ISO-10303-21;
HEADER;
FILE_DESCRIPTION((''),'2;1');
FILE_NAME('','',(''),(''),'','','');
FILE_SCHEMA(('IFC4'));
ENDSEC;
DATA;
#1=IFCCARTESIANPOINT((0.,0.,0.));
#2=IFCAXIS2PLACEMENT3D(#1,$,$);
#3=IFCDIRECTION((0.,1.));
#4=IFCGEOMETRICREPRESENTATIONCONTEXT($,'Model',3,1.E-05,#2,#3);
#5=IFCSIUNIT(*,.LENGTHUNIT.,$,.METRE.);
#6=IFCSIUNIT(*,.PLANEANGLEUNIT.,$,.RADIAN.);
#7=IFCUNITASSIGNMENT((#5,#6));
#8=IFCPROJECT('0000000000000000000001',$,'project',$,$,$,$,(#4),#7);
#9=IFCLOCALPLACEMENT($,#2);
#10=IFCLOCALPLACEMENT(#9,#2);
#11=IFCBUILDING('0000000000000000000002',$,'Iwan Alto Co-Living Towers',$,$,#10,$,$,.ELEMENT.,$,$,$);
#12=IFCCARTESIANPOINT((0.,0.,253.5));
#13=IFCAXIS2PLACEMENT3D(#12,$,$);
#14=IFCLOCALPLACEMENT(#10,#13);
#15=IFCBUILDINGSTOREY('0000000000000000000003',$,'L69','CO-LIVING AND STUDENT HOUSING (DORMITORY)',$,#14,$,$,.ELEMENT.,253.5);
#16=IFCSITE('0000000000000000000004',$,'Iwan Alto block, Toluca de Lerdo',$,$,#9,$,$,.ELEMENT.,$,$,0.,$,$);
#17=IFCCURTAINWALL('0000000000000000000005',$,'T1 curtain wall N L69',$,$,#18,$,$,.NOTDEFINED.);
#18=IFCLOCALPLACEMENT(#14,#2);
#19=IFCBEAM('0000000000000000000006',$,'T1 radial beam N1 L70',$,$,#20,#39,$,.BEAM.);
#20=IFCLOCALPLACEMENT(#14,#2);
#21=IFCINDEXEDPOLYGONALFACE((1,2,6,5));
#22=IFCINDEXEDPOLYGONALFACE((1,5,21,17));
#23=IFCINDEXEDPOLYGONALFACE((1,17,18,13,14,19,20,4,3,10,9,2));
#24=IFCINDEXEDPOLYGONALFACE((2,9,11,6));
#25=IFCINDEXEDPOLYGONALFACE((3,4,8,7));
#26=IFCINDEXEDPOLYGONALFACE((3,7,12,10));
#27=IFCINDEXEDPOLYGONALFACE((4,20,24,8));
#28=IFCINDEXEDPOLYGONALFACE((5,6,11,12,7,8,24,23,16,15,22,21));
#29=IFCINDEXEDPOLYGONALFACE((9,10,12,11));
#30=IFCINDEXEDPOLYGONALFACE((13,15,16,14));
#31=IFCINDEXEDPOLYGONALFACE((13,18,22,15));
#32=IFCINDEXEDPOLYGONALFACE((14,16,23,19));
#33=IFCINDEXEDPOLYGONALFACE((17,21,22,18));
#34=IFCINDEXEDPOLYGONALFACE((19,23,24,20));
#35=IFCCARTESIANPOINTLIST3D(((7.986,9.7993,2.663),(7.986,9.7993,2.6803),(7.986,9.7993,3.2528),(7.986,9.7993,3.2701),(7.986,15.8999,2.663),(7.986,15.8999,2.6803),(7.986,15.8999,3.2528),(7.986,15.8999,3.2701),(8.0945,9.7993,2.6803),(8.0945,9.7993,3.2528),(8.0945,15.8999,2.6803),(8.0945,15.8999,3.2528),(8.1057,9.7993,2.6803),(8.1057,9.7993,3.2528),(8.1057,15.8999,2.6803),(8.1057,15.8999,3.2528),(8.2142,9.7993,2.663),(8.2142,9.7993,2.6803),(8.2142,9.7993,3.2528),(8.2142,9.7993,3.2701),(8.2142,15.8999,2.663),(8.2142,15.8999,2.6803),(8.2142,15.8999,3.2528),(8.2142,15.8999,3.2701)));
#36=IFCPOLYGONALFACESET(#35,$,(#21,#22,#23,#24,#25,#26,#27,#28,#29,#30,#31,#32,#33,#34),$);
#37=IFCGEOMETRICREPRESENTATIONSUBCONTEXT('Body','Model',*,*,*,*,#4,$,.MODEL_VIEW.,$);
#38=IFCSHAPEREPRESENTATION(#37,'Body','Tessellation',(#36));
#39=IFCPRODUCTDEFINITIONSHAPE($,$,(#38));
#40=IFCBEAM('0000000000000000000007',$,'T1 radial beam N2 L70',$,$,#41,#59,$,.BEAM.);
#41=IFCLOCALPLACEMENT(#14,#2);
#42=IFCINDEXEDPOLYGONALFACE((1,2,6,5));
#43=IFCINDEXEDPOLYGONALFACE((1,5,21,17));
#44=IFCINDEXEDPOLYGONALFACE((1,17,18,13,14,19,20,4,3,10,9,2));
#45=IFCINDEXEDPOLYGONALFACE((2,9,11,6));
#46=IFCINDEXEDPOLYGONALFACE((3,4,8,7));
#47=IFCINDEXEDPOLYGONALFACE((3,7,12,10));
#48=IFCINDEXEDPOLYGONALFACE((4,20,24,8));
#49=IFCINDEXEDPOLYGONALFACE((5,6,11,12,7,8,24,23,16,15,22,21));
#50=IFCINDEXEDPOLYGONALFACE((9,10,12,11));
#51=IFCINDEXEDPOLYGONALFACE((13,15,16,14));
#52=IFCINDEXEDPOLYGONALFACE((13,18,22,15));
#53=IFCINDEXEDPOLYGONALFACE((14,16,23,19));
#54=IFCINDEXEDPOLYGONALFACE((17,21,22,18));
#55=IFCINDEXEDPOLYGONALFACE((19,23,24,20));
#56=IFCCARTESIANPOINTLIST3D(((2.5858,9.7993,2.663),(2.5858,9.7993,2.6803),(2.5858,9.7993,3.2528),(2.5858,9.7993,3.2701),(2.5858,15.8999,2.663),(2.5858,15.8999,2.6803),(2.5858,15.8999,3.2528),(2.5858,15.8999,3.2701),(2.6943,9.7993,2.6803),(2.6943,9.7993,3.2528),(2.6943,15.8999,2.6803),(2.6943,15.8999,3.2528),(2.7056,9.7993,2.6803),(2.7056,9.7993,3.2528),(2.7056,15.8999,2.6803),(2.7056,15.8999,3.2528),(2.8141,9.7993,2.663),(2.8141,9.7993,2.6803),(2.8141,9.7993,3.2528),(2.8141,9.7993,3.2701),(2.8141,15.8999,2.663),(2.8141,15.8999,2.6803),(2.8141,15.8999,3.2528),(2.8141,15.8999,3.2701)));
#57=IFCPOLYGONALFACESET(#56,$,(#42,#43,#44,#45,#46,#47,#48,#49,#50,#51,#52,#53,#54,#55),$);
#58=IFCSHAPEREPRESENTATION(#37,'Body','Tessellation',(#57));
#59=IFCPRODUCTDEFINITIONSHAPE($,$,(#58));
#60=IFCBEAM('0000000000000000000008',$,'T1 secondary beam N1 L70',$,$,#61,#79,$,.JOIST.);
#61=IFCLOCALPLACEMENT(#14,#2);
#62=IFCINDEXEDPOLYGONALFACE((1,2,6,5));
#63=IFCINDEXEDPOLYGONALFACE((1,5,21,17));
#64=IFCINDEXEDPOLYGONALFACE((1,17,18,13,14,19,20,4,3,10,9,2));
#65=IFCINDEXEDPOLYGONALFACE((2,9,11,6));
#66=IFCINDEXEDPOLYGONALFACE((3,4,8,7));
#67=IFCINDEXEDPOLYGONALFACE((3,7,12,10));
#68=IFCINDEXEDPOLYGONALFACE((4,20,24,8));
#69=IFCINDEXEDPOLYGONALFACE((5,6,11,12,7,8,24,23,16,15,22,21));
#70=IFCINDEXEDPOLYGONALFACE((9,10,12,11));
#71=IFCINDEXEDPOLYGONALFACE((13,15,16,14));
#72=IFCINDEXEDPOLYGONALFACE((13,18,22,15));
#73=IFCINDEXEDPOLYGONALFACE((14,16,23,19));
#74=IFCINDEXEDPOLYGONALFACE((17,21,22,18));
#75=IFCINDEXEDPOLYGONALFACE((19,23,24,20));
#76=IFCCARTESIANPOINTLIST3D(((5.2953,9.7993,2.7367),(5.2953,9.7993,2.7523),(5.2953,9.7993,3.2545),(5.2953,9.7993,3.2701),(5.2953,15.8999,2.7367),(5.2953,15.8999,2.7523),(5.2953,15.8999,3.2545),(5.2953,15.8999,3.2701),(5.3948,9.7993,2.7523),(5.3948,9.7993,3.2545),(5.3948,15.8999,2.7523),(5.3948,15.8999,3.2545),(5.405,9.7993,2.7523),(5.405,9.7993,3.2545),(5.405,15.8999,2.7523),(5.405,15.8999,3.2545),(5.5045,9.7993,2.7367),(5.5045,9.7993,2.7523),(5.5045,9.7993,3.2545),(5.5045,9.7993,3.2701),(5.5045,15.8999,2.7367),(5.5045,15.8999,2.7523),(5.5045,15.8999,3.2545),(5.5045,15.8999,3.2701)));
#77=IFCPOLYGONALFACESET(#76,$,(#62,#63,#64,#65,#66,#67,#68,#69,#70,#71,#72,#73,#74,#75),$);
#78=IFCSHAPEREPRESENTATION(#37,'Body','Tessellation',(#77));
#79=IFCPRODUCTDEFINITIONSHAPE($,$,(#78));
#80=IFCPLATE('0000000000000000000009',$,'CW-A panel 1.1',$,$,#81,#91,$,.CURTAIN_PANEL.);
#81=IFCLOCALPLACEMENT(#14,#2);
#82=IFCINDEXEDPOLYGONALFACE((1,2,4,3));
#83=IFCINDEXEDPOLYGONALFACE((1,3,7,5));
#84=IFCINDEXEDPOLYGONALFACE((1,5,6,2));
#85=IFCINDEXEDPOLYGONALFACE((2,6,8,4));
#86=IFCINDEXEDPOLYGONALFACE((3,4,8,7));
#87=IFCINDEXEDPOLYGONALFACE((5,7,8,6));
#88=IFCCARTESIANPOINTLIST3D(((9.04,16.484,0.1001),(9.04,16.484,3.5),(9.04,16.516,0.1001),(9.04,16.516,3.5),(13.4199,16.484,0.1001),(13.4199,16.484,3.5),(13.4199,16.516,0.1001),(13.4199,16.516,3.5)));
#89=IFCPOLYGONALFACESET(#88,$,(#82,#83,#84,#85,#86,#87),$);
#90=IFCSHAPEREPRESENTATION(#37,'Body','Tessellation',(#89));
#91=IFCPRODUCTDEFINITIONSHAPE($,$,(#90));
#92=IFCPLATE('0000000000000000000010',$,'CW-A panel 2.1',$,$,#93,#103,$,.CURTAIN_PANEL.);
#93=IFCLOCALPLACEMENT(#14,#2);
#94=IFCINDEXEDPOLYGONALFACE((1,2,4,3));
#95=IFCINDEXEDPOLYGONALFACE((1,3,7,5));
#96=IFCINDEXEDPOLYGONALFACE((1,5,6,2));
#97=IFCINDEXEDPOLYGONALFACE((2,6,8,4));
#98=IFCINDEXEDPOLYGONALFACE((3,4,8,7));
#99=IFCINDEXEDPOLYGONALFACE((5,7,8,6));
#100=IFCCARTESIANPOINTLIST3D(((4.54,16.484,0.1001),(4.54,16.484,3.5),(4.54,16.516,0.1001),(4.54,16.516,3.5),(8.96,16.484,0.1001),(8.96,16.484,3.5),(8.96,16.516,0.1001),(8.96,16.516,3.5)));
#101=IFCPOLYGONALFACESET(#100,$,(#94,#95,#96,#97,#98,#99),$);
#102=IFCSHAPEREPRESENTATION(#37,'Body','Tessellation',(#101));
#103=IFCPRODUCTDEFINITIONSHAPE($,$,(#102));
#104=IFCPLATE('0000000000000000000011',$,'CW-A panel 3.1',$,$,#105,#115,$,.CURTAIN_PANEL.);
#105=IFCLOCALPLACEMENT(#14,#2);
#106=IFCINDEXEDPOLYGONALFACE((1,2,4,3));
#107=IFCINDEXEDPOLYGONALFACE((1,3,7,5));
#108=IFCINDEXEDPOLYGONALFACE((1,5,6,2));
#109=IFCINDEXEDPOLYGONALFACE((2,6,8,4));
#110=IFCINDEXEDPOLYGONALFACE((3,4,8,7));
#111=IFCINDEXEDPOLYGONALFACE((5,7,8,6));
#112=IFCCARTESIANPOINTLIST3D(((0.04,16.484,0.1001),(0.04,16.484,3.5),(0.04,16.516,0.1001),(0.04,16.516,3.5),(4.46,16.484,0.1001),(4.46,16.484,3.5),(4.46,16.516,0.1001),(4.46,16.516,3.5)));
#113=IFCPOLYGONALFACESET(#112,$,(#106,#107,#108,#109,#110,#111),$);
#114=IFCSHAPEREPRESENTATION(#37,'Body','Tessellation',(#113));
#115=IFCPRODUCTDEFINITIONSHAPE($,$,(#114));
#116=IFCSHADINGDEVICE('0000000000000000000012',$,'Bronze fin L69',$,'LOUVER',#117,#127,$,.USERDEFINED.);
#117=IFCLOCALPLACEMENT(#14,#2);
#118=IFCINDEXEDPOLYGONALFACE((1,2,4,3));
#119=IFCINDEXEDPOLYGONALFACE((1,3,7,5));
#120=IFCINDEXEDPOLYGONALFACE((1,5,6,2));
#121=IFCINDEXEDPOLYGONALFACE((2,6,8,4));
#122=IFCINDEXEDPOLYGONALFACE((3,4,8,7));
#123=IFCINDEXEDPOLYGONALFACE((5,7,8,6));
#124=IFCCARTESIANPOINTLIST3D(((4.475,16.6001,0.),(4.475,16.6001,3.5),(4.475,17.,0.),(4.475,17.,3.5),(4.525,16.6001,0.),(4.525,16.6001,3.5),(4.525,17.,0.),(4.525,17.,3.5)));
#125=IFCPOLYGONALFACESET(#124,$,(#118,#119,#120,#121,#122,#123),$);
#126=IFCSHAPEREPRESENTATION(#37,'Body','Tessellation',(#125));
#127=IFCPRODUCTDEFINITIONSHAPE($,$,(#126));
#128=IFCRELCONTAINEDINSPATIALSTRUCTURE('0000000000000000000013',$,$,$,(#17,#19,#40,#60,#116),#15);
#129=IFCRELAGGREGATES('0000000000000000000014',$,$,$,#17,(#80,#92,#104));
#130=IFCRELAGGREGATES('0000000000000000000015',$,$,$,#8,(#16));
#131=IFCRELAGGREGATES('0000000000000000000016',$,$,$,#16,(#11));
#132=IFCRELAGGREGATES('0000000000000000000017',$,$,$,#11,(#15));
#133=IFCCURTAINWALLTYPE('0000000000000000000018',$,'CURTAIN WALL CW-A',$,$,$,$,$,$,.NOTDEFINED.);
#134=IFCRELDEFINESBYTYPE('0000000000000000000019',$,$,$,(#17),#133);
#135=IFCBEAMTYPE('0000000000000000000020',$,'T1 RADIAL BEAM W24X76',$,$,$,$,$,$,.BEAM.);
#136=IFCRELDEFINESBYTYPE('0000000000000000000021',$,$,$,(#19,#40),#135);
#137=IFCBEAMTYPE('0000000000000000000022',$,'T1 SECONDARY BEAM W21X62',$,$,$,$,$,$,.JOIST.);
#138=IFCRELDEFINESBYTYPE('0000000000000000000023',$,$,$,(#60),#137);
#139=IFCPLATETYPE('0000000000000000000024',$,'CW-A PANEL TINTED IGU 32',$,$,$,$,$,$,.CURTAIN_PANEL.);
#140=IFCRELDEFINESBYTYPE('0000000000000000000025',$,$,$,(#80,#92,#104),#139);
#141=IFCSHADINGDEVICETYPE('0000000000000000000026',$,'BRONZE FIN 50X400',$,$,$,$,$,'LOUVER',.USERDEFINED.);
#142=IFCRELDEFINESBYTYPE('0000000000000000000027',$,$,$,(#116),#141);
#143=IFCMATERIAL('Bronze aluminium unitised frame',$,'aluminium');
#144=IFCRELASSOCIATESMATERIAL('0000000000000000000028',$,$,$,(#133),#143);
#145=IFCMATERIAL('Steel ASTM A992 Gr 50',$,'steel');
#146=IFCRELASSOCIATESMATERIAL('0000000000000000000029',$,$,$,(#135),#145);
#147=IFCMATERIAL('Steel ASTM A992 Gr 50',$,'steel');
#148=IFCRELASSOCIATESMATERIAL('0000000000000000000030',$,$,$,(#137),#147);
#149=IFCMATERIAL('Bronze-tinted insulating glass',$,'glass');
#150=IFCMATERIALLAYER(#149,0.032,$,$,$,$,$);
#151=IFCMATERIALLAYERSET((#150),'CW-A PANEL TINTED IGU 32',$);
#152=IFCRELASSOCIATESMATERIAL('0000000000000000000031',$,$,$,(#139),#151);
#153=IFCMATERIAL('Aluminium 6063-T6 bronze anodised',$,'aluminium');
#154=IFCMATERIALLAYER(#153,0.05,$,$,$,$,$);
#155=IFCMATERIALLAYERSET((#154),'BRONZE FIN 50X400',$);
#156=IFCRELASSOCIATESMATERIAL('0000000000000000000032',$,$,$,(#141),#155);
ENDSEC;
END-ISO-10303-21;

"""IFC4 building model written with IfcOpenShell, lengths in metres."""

from ifc_helpers import new_model, si_unit, direction, frame, origin, origin_2d, place, context, subcontext, project, spatial, rectangle, i_section, extrude, material, layer, layer_set, material_profile, profile_set, type_object, element, aggregate, save


model = new_model("IFC4")

# Units and contexts
model_context = context("Model", 3, precision=1e-05, world=origin(), true_north=direction((0.0, 1.0)))
body_context = subcontext(model_context, "Body", "Model", "MODEL_VIEW")
ifc_project = project(units=[si_unit("LENGTHUNIT", "METRE"), si_unit("PLANEANGLEUNIT", "RADIAN")], contexts=[model_context])

# Site, building, storey
site_placement = place(None, origin())
site = spatial("IfcSite", under=ifc_project, at=site_placement, Name="Iwan Alto block, Toluca de Lerdo", CompositionType="ELEMENT", RefElevation=0.0)
building_placement = place(site_placement, origin())
building = spatial("IfcBuilding", under=site, at=building_placement, Name="Iwan Alto Co-Living Towers", CompositionType="ELEMENT")
storey_placement = place(building_placement, frame((0.0, 0.0, 253.5)))
storey = spatial("IfcBuildingStorey", under=building, at=storey_placement, Name="L69", Description="CO-LIVING AND STUDENT HOUSING (DORMITORY)", CompositionType="ELEMENT", Elevation=253.5)

# Curtain wall
ifc_material_1 = material(Name="Bronze aluminium unitised frame", Category="aluminium")
curtain_wall_type = type_object("IfcCurtainWallType", Name="CURTAIN WALL CW-A", PredefinedType="NOTDEFINED", material=ifc_material_1)
curtain_wall_placement = place(storey_placement, origin())
curtain_wall = element("IfcCurtainWall", 1, at=curtain_wall_placement, inside=storey, type_object=curtain_wall_type, Name="T1 curtain wall N L69", PredefinedType="NOTDEFINED")

# Beams
ifc_material_2 = material(Name="Steel ASTM A992 Gr 50", Category="steel")
ifc_material_profile_1 = material_profile(ifc_material_2, i_section(OverallWidth=0.2283, OverallDepth=0.6072, WebThickness=0.0112, FlangeThickness=0.0173, at=origin_2d()), Name="W24X76")
ifc_profile_set_1 = profile_set([ifc_material_profile_1], Name="Steel ASTM A992 Gr 50")
beam_type_1 = type_object("IfcBeamType", Name="T1 RADIAL BEAM W24X76", PredefinedType="BEAM", material=ifc_profile_set_1)
for number, where, z_axis, x_axis, name in (
    (2, (8.1001, 15.8999, 2.9666), (0.0, -1.0, 0.0), (1.0, 0.0, 0.0), "T1 radial beam N1 L70"),
    (3, (2.7, 15.8999, 2.9666), (0.0, -1.0, 0.0), (1.0, 0.0, 0.0), "T1 radial beam N2 L70"),
):
    element("IfcBeam", number, at=place(storey_placement, frame(where, z_axis=z_axis, x_axis=x_axis)), inside=storey, type_object=beam_type_1, Name=name, PredefinedType="BEAM", context=body_context, shape_type="SweptSolid", body=[
        extrude(i_section(OverallWidth=0.2283, OverallDepth=0.6072, WebThickness=0.0112, FlangeThickness=0.0173, at=origin_2d()), origin(), (0.0, 0.0, 1.0), 6.1006),
    ])
ifc_material_3 = material(Name="Steel ASTM A992 Gr 50", Category="steel")
ifc_material_profile_2 = material_profile(ifc_material_3, i_section(OverallWidth=0.2092, OverallDepth=0.5334, WebThickness=0.0103, FlangeThickness=0.0156, at=origin_2d()), Name="W21X62")
ifc_profile_set_2 = profile_set([ifc_material_profile_2], Name="Steel ASTM A992 Gr 50")
beam_type_2 = type_object("IfcBeamType", Name="T1 SECONDARY BEAM W21X62", PredefinedType="JOIST", material=ifc_profile_set_2)
beam_1_placement = place(storey_placement, frame((5.3999, 15.8999, 3.0034), z_axis=(0.0, -1.0, 0.0), x_axis=(1.0, 0.0, 0.0)))
element("IfcBeam", 4, at=beam_1_placement, inside=storey, type_object=beam_type_2, Name="T1 secondary beam N1 L70", PredefinedType="JOIST", context=body_context, shape_type="SweptSolid", body=[
    extrude(i_section(OverallWidth=0.2092, OverallDepth=0.5334, WebThickness=0.0103, FlangeThickness=0.0156, at=origin_2d()), origin(), (0.0, 0.0, 1.0), 6.1006),
])

# Plates
ifc_material_4 = material(Name="Bronze-tinted insulating glass", Category="glass")
ifc_layer_1 = layer(ifc_material_4, 0.032)
ifc_layer_set_1 = layer_set([ifc_layer_1], Name="CW-A PANEL TINTED IGU 32")
plate_type = type_object("IfcPlateType", Name="CW-A PANEL TINTED IGU 32", PredefinedType="CURTAIN_PANEL", material=ifc_layer_set_1)
plate_1_placement = place(storey_placement, frame((11.23, 16.5, 0.1001), z_axis=(0.0, 0.0, 1.0), x_axis=(-1.0, 0.0, 0.0)))
plate_1 = element("IfcPlate", 5, at=plate_1_placement, type_object=plate_type, Name="CW-A panel 1.1", PredefinedType="CURTAIN_PANEL", context=body_context, shape_type="SweptSolid", body=[
    extrude(rectangle(XDim=4.3799, YDim=0.032, at=origin_2d()), origin(), (0.0, 0.0, 1.0), 3.3999),
])
plate_2_placement = place(storey_placement, frame((6.75, 16.5, 0.1001), z_axis=(0.0, 0.0, 1.0), x_axis=(-1.0, 0.0, 0.0)))
plate_2 = element("IfcPlate", 6, at=plate_2_placement, type_object=plate_type, Name="CW-A panel 2.1", PredefinedType="CURTAIN_PANEL", context=body_context, shape_type="SweptSolid", body=[
    extrude(rectangle(XDim=4.4199, YDim=0.032, at=origin_2d()), origin(), (0.0, 0.0, 1.0), 3.3999),
])
plate_3_placement = place(storey_placement, frame((2.25, 16.5, 0.1001), z_axis=(0.0, 0.0, 1.0), x_axis=(-1.0, 0.0, 0.0)))
plate_3 = element("IfcPlate", 7, at=plate_3_placement, type_object=plate_type, Name="CW-A panel 3.1", PredefinedType="CURTAIN_PANEL", context=body_context, shape_type="SweptSolid", body=[
    extrude(rectangle(XDim=4.4199, YDim=0.032, at=origin_2d()), origin(), (0.0, 0.0, 1.0), 3.3999),
])
aggregate(curtain_wall, [plate_1, plate_2, plate_3])

# Shading device
ifc_material_5 = material(Name="Aluminium 6063-T6 bronze anodised", Category="aluminium")
ifc_layer_2 = layer(ifc_material_5, 0.05)
ifc_layer_set_2 = layer_set([ifc_layer_2], Name="BRONZE FIN 50X400")
shading_device_type = type_object("IfcShadingDeviceType", Name="BRONZE FIN 50X400", ElementType="LOUVER", PredefinedType="USERDEFINED", material=ifc_layer_set_2)
shading_device_placement = place(storey_placement, frame((4.5, 16.8, 0.0), z_axis=(0.0, 0.0, 1.0), x_axis=(-1.0, 0.0, 0.0)))
element("IfcShadingDevice", 8, at=shading_device_placement, inside=storey, type_object=shading_device_type, Name="Bronze fin L69", ObjectType="LOUVER", PredefinedType="USERDEFINED", context=body_context, shape_type="SweptSolid", body=[
    extrude(rectangle(XDim=0.05, YDim=0.3999, at=origin_2d()), origin(), (0.0, 0.0, 1.0), 3.5),
])

save(model, "model.ifc")
